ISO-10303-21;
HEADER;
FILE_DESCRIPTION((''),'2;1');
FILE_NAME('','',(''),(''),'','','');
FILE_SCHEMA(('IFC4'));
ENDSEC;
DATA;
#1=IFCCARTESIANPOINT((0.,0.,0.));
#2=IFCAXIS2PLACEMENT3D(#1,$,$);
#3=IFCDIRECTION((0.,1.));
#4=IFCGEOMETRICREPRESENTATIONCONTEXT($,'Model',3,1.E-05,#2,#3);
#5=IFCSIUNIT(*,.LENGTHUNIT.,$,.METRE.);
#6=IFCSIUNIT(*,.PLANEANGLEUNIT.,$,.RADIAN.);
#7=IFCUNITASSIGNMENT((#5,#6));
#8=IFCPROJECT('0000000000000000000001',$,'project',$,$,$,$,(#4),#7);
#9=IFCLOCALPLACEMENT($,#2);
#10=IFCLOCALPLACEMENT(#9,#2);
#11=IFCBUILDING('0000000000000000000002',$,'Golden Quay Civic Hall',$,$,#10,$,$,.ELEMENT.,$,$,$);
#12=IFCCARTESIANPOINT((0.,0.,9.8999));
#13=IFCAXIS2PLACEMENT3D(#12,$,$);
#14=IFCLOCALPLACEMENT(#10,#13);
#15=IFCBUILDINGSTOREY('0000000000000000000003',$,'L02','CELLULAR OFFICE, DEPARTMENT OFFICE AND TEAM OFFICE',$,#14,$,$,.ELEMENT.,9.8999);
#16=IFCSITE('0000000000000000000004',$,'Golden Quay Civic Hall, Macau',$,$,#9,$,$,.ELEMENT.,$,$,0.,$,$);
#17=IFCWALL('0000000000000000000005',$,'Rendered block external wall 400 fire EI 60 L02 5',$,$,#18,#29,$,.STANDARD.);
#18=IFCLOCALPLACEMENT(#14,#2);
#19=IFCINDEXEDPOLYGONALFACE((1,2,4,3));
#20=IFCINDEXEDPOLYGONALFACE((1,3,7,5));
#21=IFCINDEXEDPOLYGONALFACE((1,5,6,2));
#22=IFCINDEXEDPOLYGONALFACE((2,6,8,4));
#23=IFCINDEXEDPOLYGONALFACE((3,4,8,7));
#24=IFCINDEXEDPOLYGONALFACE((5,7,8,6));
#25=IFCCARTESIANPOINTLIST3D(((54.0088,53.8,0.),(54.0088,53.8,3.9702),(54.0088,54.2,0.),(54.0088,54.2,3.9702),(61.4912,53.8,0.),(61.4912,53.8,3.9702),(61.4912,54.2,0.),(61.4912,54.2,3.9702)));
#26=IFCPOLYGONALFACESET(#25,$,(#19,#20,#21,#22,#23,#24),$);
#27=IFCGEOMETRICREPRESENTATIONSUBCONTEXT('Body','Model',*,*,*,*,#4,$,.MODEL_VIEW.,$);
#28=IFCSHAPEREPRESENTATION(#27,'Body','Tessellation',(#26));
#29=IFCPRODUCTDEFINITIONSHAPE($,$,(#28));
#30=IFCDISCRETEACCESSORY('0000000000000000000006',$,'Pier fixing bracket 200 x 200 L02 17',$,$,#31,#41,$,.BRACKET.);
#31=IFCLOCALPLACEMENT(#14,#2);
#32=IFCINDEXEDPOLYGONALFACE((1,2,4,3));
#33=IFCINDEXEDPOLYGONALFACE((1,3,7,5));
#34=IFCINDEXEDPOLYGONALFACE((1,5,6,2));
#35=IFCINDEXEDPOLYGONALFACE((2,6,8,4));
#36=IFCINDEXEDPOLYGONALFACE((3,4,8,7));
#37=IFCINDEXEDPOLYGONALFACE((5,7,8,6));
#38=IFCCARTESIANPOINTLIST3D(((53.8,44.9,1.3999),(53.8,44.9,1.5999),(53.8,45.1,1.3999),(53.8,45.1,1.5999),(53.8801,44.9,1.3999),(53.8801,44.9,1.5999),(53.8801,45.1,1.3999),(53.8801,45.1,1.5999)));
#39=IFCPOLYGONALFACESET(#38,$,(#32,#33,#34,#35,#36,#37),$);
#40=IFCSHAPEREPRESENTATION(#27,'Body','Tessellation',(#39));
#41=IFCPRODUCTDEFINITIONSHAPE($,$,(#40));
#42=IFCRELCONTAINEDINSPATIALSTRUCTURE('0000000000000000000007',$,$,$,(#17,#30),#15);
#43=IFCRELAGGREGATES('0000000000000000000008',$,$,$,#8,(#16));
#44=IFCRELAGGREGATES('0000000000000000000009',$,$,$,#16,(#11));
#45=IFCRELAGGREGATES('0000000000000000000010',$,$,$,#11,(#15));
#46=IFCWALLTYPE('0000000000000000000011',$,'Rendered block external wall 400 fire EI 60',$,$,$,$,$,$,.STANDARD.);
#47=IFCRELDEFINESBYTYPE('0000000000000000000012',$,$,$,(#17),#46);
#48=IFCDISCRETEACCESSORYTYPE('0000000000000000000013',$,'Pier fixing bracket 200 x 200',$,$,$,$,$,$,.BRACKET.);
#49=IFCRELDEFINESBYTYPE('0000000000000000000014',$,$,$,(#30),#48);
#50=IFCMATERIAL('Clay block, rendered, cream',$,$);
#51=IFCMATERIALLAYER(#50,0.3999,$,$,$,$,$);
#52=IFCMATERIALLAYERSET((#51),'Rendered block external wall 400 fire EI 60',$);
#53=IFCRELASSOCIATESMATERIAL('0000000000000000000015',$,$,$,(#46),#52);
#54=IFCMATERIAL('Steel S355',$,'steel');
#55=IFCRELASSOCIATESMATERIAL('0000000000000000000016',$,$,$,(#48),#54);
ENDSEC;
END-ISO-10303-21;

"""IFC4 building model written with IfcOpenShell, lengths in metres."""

from ifc_helpers import new_model, si_unit, direction, frame, frame_2d, origin, origin_2d, place, context, subcontext, project, spatial, rectangle, extrude, material, layer, layer_set, type_object, element, save


model = new_model("IFC4")

# Units and contexts
model_context = context("Model", 3, precision=1e-05, world=origin(), true_north=direction((0.0, 1.0)))
body_context = subcontext(model_context, "Body", "Model", "MODEL_VIEW")
ifc_project = project(units=[si_unit("LENGTHUNIT", "METRE"), si_unit("PLANEANGLEUNIT", "RADIAN")], contexts=[model_context])

# Site, building, storey
site_placement = place(None, origin())
site = spatial("IfcSite", under=ifc_project, at=site_placement, Name="Golden Quay Civic Hall, Macau", CompositionType="ELEMENT", RefElevation=0.0)
building_placement = place(site_placement, origin())
building = spatial("IfcBuilding", under=site, at=building_placement, Name="Golden Quay Civic Hall", CompositionType="ELEMENT")
storey_placement = place(building_placement, frame((0.0, 0.0, 9.8999)))
storey = spatial("IfcBuildingStorey", under=building, at=storey_placement, Name="L02", Description="CELLULAR OFFICE, DEPARTMENT OFFICE AND TEAM OFFICE", CompositionType="ELEMENT", Elevation=9.8999)

# Shared definitions
ifc_material_1 = material(Name="Clay block, rendered, cream")
ifc_layer_1 = layer(ifc_material_1, 0.3999)
ifc_layer_set_1 = layer_set([ifc_layer_1], Name="Rendered block external wall 400 fire EI 60")
wall_type_1 = type_object("IfcWallType", Name="Rendered block external wall 400 fire EI 60", PredefinedType="STANDARD", material=ifc_layer_set_1)

# Wall
wall_1_placement = place(storey_placement, frame((54.0088, 54.0, 0.0), z_axis=(0.0, 0.0, 1.0), x_axis=(1.0, 0.0, 0.0)))
element("IfcWall", 1, at=wall_1_placement, inside=storey, type_object=wall_type_1, Name="Rendered block external wall 400 fire EI 60 L02 5", PredefinedType="STANDARD", context=body_context, shape_type="SweptSolid", body=[
    extrude(rectangle(XDim=7.4824, YDim=0.3999, at=frame_2d((3.7412, 0.0))), origin(), (0.0, 0.0, 1.0), 3.9702),
])

# Discrete accessory
ifc_material_2 = material(Name="Steel S355", Category="steel")
discrete_accessory_type = type_object("IfcDiscreteAccessoryType", Name="Pier fixing bracket 200 x 200", PredefinedType="BRACKET", material=ifc_material_2)
discrete_accessory_placement = place(storey_placement, frame((53.8401, 45.0, 1.3999), z_axis=(0.0, 0.0, 1.0), x_axis=(0.0, -1.0, 0.0)))
element("IfcDiscreteAccessory", 2, at=discrete_accessory_placement, inside=storey, type_object=discrete_accessory_type, Name="Pier fixing bracket 200 x 200 L02 17", PredefinedType="BRACKET", context=body_context, shape_type="SweptSolid", body=[
    extrude(rectangle(XDim=0.2, YDim=0.0801, at=origin_2d()), origin(), (0.0, 0.0, 1.0), 0.2),
])

save(model, "model.ifc")
